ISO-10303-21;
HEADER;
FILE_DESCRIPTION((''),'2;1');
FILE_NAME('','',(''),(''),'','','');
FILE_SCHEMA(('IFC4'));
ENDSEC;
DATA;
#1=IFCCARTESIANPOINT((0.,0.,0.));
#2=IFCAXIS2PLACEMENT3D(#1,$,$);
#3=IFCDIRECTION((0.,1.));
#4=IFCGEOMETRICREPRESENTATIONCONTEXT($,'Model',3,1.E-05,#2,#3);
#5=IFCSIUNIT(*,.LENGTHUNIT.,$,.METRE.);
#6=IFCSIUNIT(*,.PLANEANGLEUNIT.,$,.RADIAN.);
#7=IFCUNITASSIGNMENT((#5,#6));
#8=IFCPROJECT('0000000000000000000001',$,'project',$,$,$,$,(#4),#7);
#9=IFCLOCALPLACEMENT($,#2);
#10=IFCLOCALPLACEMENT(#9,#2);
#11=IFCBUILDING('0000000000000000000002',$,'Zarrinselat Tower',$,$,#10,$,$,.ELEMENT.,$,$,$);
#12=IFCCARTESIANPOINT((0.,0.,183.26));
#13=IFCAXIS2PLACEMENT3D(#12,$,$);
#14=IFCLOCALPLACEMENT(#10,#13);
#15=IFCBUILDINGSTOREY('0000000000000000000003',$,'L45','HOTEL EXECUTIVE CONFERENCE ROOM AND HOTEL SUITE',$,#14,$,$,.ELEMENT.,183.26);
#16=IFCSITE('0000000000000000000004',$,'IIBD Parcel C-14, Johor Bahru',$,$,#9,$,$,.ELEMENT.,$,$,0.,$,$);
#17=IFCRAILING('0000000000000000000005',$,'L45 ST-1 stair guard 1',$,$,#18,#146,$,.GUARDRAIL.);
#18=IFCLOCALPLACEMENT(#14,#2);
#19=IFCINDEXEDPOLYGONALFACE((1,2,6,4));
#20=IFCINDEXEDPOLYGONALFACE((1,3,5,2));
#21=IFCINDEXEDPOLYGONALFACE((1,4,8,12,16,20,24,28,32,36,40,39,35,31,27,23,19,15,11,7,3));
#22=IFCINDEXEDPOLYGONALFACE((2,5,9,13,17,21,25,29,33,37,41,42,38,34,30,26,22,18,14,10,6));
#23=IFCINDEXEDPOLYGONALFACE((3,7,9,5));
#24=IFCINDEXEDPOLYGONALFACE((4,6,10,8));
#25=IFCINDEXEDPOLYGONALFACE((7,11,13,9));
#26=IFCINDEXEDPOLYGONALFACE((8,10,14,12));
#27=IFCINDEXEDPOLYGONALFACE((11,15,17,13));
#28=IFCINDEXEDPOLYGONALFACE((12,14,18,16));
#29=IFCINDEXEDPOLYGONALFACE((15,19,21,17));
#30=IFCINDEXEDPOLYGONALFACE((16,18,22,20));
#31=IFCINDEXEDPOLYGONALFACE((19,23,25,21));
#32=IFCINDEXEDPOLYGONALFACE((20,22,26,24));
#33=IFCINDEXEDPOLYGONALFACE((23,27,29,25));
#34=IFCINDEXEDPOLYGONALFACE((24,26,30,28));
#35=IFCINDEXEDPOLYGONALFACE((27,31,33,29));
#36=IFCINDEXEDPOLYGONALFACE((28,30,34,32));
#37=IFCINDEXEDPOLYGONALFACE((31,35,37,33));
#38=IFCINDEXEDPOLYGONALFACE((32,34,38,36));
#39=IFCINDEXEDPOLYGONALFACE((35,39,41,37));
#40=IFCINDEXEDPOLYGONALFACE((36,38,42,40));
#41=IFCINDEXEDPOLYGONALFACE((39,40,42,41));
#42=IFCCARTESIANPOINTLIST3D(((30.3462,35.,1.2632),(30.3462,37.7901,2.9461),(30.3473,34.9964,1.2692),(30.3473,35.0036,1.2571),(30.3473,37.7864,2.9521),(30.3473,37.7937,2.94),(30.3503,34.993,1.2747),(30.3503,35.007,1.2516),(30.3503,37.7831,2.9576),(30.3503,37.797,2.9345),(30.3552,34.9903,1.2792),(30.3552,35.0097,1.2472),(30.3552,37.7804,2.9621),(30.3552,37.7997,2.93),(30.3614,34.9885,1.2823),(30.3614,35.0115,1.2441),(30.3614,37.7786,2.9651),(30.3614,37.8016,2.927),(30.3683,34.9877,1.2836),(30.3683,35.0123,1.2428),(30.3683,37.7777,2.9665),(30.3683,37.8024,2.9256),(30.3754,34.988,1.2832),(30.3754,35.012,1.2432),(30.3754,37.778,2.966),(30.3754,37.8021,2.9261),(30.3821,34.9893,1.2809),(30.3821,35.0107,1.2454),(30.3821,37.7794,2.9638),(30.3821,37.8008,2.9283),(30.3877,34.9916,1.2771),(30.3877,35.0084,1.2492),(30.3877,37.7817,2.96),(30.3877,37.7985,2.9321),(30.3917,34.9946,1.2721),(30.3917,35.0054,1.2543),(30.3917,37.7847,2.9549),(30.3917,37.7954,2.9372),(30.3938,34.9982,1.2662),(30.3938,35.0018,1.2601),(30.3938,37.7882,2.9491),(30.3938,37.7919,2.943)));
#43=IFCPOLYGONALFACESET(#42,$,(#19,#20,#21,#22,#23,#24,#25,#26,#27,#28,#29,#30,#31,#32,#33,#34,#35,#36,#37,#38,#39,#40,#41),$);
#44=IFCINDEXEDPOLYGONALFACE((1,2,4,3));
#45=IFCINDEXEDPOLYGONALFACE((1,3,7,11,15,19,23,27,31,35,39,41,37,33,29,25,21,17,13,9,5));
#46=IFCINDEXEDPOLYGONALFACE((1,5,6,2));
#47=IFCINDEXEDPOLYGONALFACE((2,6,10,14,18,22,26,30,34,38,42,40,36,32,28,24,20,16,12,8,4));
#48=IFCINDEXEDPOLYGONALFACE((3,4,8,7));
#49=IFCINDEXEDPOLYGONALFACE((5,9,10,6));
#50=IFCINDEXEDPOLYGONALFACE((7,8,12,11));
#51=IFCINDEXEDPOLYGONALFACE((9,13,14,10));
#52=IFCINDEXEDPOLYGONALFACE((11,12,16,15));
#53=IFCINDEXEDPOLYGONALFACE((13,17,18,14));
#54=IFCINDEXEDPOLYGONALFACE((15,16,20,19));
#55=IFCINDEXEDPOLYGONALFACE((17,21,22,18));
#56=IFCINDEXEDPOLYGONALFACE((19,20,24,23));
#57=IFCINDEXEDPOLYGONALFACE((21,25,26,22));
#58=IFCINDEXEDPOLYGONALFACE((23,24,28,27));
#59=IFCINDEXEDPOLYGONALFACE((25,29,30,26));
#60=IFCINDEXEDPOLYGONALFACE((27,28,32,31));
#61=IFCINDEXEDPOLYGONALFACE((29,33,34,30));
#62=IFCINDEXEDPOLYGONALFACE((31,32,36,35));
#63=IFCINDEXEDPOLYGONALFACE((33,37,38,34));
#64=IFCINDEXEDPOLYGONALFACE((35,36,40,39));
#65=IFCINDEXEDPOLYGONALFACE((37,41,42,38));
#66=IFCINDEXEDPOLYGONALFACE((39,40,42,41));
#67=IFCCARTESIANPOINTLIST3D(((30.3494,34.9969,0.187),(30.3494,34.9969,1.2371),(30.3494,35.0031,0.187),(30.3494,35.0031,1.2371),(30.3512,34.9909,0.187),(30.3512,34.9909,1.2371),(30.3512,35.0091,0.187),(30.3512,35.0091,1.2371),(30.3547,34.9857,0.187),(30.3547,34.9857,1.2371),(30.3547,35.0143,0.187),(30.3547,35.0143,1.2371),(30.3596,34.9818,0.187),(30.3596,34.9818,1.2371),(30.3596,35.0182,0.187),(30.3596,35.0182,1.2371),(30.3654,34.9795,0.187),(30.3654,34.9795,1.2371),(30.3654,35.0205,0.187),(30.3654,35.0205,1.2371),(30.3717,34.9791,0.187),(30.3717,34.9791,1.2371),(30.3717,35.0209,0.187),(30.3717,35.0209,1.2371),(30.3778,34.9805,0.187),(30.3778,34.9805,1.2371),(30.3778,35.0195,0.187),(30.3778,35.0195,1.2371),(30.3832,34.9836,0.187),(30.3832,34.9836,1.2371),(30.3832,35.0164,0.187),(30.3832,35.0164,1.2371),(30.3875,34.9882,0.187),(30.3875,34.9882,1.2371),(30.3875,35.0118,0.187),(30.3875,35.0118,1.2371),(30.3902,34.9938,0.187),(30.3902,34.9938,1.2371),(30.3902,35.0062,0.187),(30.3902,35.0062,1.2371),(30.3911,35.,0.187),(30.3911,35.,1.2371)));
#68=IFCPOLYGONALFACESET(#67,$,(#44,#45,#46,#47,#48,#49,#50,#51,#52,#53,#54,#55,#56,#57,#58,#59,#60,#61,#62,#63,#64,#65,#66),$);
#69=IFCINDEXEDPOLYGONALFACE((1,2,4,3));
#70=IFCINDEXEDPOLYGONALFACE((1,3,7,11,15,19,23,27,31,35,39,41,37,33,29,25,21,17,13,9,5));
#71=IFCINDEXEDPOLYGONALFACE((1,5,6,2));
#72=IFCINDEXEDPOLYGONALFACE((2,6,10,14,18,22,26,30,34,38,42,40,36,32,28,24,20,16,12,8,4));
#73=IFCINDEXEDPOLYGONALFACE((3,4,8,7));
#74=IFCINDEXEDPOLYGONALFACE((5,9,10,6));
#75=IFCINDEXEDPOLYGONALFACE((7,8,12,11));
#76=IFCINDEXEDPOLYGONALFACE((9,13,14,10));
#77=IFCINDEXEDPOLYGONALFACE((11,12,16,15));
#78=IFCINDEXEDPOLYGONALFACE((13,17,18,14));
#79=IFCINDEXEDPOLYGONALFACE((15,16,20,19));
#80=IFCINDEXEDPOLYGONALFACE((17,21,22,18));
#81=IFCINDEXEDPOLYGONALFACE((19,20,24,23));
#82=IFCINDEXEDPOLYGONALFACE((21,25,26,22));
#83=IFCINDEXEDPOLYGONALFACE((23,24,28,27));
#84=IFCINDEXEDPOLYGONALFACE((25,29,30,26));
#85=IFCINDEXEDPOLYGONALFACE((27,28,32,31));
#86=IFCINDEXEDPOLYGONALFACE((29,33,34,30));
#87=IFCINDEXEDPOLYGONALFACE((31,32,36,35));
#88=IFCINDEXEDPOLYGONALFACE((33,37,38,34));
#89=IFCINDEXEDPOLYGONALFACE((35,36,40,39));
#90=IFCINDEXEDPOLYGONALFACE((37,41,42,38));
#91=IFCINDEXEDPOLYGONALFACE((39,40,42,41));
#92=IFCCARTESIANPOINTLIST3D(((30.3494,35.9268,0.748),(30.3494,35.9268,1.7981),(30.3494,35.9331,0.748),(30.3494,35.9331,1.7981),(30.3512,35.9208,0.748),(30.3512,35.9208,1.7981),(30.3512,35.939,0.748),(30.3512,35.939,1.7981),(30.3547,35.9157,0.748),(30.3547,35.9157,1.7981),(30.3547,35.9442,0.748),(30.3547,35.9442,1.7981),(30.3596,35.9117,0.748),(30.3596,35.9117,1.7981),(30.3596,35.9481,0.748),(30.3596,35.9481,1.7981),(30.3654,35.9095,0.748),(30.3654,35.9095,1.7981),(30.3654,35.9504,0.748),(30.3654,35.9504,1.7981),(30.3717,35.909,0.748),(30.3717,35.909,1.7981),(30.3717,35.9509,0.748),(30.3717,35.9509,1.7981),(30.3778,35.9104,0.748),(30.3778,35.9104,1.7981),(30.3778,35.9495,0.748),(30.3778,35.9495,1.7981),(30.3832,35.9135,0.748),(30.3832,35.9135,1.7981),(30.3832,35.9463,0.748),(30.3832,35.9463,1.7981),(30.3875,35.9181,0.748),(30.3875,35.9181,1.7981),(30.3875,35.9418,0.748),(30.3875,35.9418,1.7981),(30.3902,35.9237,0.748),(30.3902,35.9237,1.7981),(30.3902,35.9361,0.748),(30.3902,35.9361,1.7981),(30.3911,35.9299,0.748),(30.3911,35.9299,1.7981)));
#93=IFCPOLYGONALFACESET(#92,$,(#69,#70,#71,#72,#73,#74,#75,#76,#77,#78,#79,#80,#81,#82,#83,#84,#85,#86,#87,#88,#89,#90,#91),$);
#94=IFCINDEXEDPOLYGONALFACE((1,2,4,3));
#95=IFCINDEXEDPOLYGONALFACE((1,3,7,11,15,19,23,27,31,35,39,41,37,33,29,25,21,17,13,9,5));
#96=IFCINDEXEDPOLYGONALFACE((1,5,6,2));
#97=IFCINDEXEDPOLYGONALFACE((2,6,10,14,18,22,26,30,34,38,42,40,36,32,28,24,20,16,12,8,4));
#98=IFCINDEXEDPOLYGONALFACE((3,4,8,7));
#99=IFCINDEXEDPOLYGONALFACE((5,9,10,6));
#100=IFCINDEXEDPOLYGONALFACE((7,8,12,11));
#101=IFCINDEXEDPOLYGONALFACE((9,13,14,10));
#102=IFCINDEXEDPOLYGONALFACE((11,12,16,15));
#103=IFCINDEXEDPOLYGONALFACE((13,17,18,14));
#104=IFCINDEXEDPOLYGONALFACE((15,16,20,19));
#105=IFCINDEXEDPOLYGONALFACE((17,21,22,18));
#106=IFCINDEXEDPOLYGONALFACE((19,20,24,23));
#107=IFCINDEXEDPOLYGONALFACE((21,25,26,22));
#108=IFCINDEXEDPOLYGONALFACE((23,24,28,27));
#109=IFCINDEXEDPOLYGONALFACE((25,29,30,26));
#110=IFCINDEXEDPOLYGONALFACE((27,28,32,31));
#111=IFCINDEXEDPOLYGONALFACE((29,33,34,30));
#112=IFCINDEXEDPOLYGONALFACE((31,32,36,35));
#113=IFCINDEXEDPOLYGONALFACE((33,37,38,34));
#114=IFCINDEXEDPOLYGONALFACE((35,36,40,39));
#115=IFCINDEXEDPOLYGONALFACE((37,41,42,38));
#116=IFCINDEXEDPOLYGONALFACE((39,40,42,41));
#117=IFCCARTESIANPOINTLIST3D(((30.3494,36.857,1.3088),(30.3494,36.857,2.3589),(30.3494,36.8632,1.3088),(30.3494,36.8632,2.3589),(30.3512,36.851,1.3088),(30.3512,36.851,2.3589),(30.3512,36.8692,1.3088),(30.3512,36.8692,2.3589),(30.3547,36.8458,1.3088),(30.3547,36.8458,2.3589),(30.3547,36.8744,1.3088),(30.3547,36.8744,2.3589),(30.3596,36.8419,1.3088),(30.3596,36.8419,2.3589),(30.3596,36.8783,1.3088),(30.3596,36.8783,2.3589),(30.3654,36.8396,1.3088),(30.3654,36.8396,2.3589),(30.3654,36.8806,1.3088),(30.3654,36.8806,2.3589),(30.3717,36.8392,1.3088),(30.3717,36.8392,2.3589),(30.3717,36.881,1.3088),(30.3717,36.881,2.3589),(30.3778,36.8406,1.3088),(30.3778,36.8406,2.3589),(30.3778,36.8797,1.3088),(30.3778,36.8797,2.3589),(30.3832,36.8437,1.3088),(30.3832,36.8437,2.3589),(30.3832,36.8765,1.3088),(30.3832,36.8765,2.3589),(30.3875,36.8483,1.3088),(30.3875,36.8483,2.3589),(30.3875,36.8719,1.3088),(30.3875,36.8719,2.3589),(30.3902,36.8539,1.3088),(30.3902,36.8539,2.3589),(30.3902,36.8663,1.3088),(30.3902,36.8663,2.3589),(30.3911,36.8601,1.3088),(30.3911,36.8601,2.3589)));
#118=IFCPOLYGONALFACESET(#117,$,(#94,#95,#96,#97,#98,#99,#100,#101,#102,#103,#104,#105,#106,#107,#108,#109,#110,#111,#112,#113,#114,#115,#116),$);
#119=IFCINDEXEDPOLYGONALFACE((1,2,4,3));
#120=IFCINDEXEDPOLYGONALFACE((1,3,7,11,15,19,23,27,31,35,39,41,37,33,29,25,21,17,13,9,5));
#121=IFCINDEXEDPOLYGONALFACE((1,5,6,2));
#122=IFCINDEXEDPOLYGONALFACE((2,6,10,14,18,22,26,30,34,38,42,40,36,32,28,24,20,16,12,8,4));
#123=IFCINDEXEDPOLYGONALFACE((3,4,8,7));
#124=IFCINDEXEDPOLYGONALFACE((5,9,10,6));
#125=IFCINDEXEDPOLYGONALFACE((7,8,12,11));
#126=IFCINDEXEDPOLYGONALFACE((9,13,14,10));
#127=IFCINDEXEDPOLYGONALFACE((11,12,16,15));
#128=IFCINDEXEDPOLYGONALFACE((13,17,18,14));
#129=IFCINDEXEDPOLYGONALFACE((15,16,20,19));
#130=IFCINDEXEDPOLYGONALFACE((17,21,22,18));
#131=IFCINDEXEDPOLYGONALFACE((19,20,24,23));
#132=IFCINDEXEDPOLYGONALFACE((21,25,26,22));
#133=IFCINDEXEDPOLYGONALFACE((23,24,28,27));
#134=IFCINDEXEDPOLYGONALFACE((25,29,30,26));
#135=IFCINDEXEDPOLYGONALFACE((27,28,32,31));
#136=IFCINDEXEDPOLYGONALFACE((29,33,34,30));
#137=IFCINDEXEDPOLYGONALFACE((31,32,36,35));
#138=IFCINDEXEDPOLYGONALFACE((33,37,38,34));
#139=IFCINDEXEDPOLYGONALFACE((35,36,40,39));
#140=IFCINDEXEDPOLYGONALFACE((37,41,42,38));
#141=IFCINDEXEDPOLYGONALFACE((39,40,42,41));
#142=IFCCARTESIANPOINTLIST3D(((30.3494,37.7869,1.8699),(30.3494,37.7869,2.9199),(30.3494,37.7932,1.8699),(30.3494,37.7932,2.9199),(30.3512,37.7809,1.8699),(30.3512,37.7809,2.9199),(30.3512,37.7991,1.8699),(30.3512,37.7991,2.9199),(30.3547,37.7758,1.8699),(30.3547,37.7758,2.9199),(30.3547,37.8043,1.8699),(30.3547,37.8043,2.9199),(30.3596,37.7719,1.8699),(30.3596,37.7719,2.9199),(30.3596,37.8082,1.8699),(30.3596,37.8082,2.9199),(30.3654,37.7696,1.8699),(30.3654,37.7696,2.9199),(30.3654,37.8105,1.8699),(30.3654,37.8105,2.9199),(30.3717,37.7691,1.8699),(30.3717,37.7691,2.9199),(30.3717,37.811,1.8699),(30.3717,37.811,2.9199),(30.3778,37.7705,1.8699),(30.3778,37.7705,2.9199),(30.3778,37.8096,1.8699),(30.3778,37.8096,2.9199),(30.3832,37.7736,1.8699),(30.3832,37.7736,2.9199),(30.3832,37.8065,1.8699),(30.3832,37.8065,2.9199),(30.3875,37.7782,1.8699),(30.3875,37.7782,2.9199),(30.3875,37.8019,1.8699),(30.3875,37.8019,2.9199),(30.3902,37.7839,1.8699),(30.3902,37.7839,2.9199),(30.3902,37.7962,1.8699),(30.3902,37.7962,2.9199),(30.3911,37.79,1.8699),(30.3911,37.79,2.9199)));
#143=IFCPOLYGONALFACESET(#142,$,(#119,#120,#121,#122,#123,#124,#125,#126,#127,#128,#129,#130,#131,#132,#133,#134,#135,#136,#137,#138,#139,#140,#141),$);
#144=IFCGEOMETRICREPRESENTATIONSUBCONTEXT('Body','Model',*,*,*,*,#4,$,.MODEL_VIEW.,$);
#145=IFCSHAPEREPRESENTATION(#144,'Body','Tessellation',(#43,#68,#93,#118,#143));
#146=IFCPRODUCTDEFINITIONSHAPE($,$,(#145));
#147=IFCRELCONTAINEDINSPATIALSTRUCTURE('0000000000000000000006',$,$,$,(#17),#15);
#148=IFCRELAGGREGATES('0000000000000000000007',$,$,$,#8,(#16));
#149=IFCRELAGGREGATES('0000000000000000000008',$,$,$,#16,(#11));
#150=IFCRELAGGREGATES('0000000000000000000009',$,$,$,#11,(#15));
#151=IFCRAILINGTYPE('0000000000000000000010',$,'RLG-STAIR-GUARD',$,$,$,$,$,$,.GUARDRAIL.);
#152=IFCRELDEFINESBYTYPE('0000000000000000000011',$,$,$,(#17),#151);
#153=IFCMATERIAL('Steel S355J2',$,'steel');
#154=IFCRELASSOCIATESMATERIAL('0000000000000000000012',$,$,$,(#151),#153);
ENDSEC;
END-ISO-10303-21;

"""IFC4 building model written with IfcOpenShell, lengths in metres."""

from ifc_helpers import new_model, si_unit, direction, frame, origin, origin_2d, place, context, subcontext, project, spatial, circle, extrude, material, type_object, element, save


model = new_model("IFC4")

# Units and contexts
model_context = context("Model", 3, precision=1e-05, world=origin(), true_north=direction((0.0, 1.0)))
body_context = subcontext(model_context, "Body", "Model", "MODEL_VIEW")
ifc_project = project(units=[si_unit("LENGTHUNIT", "METRE"), si_unit("PLANEANGLEUNIT", "RADIAN")], contexts=[model_context])

# Site, building, storey
site_placement = place(None, origin())
site = spatial("IfcSite", under=ifc_project, at=site_placement, Name="IIBD Parcel C-14, Johor Bahru", CompositionType="ELEMENT", RefElevation=0.0)
building_placement = place(site_placement, origin())
building = spatial("IfcBuilding", under=site, at=building_placement, Name="Zarrinselat Tower", CompositionType="ELEMENT")
storey_placement = place(building_placement, frame((0.0, 0.0, 183.26)))
storey = spatial("IfcBuildingStorey", under=building, at=storey_placement, Name="L45", Description="HOTEL EXECUTIVE CONFERENCE ROOM AND HOTEL SUITE", CompositionType="ELEMENT", Elevation=183.26)

# Railing
ifc_material_1 = material(Name="Steel S355J2", Category="steel")
railing_type = type_object("IfcRailingType", Name="RLG-STAIR-GUARD", PredefinedType="GUARDRAIL", material=ifc_material_1)
railing_1_placement = place(storey_placement, frame((30.3701, 35.0, 0.187)))
element("IfcRailing", 1, at=railing_1_placement, inside=storey, type_object=railing_type, Name="L45 ST-1 stair guard 1", PredefinedType="GUARDRAIL", context=body_context, shape_type="SweptSolid", body=[
    extrude(circle(Radius=0.0239, at=origin_2d()), frame((0.0, 0.0, 1.0762), z_axis=(0.0, 0.856294, 0.516489), x_axis=(-1.0, 0.0, 0.0)), (0.0, 0.0, 1.0), 3.2583),
    extrude(circle(Radius=0.021, at=origin_2d()), origin(), (0.0, 0.0, 1.0), 1.05),
    extrude(circle(Radius=0.021, at=origin_2d()), frame((0.0, 0.9299, 0.561)), (0.0, 0.0, 1.0), 1.05),
    extrude(circle(Radius=0.021, at=origin_2d()), frame((0.0, 1.8601, 1.1218)), (0.0, 0.0, 1.0), 1.05),
    extrude(circle(Radius=0.021, at=origin_2d()), frame((0.0, 2.79, 1.6829)), (0.0, 0.0, 1.0), 1.05),
])

save(model, "model.ifc")
